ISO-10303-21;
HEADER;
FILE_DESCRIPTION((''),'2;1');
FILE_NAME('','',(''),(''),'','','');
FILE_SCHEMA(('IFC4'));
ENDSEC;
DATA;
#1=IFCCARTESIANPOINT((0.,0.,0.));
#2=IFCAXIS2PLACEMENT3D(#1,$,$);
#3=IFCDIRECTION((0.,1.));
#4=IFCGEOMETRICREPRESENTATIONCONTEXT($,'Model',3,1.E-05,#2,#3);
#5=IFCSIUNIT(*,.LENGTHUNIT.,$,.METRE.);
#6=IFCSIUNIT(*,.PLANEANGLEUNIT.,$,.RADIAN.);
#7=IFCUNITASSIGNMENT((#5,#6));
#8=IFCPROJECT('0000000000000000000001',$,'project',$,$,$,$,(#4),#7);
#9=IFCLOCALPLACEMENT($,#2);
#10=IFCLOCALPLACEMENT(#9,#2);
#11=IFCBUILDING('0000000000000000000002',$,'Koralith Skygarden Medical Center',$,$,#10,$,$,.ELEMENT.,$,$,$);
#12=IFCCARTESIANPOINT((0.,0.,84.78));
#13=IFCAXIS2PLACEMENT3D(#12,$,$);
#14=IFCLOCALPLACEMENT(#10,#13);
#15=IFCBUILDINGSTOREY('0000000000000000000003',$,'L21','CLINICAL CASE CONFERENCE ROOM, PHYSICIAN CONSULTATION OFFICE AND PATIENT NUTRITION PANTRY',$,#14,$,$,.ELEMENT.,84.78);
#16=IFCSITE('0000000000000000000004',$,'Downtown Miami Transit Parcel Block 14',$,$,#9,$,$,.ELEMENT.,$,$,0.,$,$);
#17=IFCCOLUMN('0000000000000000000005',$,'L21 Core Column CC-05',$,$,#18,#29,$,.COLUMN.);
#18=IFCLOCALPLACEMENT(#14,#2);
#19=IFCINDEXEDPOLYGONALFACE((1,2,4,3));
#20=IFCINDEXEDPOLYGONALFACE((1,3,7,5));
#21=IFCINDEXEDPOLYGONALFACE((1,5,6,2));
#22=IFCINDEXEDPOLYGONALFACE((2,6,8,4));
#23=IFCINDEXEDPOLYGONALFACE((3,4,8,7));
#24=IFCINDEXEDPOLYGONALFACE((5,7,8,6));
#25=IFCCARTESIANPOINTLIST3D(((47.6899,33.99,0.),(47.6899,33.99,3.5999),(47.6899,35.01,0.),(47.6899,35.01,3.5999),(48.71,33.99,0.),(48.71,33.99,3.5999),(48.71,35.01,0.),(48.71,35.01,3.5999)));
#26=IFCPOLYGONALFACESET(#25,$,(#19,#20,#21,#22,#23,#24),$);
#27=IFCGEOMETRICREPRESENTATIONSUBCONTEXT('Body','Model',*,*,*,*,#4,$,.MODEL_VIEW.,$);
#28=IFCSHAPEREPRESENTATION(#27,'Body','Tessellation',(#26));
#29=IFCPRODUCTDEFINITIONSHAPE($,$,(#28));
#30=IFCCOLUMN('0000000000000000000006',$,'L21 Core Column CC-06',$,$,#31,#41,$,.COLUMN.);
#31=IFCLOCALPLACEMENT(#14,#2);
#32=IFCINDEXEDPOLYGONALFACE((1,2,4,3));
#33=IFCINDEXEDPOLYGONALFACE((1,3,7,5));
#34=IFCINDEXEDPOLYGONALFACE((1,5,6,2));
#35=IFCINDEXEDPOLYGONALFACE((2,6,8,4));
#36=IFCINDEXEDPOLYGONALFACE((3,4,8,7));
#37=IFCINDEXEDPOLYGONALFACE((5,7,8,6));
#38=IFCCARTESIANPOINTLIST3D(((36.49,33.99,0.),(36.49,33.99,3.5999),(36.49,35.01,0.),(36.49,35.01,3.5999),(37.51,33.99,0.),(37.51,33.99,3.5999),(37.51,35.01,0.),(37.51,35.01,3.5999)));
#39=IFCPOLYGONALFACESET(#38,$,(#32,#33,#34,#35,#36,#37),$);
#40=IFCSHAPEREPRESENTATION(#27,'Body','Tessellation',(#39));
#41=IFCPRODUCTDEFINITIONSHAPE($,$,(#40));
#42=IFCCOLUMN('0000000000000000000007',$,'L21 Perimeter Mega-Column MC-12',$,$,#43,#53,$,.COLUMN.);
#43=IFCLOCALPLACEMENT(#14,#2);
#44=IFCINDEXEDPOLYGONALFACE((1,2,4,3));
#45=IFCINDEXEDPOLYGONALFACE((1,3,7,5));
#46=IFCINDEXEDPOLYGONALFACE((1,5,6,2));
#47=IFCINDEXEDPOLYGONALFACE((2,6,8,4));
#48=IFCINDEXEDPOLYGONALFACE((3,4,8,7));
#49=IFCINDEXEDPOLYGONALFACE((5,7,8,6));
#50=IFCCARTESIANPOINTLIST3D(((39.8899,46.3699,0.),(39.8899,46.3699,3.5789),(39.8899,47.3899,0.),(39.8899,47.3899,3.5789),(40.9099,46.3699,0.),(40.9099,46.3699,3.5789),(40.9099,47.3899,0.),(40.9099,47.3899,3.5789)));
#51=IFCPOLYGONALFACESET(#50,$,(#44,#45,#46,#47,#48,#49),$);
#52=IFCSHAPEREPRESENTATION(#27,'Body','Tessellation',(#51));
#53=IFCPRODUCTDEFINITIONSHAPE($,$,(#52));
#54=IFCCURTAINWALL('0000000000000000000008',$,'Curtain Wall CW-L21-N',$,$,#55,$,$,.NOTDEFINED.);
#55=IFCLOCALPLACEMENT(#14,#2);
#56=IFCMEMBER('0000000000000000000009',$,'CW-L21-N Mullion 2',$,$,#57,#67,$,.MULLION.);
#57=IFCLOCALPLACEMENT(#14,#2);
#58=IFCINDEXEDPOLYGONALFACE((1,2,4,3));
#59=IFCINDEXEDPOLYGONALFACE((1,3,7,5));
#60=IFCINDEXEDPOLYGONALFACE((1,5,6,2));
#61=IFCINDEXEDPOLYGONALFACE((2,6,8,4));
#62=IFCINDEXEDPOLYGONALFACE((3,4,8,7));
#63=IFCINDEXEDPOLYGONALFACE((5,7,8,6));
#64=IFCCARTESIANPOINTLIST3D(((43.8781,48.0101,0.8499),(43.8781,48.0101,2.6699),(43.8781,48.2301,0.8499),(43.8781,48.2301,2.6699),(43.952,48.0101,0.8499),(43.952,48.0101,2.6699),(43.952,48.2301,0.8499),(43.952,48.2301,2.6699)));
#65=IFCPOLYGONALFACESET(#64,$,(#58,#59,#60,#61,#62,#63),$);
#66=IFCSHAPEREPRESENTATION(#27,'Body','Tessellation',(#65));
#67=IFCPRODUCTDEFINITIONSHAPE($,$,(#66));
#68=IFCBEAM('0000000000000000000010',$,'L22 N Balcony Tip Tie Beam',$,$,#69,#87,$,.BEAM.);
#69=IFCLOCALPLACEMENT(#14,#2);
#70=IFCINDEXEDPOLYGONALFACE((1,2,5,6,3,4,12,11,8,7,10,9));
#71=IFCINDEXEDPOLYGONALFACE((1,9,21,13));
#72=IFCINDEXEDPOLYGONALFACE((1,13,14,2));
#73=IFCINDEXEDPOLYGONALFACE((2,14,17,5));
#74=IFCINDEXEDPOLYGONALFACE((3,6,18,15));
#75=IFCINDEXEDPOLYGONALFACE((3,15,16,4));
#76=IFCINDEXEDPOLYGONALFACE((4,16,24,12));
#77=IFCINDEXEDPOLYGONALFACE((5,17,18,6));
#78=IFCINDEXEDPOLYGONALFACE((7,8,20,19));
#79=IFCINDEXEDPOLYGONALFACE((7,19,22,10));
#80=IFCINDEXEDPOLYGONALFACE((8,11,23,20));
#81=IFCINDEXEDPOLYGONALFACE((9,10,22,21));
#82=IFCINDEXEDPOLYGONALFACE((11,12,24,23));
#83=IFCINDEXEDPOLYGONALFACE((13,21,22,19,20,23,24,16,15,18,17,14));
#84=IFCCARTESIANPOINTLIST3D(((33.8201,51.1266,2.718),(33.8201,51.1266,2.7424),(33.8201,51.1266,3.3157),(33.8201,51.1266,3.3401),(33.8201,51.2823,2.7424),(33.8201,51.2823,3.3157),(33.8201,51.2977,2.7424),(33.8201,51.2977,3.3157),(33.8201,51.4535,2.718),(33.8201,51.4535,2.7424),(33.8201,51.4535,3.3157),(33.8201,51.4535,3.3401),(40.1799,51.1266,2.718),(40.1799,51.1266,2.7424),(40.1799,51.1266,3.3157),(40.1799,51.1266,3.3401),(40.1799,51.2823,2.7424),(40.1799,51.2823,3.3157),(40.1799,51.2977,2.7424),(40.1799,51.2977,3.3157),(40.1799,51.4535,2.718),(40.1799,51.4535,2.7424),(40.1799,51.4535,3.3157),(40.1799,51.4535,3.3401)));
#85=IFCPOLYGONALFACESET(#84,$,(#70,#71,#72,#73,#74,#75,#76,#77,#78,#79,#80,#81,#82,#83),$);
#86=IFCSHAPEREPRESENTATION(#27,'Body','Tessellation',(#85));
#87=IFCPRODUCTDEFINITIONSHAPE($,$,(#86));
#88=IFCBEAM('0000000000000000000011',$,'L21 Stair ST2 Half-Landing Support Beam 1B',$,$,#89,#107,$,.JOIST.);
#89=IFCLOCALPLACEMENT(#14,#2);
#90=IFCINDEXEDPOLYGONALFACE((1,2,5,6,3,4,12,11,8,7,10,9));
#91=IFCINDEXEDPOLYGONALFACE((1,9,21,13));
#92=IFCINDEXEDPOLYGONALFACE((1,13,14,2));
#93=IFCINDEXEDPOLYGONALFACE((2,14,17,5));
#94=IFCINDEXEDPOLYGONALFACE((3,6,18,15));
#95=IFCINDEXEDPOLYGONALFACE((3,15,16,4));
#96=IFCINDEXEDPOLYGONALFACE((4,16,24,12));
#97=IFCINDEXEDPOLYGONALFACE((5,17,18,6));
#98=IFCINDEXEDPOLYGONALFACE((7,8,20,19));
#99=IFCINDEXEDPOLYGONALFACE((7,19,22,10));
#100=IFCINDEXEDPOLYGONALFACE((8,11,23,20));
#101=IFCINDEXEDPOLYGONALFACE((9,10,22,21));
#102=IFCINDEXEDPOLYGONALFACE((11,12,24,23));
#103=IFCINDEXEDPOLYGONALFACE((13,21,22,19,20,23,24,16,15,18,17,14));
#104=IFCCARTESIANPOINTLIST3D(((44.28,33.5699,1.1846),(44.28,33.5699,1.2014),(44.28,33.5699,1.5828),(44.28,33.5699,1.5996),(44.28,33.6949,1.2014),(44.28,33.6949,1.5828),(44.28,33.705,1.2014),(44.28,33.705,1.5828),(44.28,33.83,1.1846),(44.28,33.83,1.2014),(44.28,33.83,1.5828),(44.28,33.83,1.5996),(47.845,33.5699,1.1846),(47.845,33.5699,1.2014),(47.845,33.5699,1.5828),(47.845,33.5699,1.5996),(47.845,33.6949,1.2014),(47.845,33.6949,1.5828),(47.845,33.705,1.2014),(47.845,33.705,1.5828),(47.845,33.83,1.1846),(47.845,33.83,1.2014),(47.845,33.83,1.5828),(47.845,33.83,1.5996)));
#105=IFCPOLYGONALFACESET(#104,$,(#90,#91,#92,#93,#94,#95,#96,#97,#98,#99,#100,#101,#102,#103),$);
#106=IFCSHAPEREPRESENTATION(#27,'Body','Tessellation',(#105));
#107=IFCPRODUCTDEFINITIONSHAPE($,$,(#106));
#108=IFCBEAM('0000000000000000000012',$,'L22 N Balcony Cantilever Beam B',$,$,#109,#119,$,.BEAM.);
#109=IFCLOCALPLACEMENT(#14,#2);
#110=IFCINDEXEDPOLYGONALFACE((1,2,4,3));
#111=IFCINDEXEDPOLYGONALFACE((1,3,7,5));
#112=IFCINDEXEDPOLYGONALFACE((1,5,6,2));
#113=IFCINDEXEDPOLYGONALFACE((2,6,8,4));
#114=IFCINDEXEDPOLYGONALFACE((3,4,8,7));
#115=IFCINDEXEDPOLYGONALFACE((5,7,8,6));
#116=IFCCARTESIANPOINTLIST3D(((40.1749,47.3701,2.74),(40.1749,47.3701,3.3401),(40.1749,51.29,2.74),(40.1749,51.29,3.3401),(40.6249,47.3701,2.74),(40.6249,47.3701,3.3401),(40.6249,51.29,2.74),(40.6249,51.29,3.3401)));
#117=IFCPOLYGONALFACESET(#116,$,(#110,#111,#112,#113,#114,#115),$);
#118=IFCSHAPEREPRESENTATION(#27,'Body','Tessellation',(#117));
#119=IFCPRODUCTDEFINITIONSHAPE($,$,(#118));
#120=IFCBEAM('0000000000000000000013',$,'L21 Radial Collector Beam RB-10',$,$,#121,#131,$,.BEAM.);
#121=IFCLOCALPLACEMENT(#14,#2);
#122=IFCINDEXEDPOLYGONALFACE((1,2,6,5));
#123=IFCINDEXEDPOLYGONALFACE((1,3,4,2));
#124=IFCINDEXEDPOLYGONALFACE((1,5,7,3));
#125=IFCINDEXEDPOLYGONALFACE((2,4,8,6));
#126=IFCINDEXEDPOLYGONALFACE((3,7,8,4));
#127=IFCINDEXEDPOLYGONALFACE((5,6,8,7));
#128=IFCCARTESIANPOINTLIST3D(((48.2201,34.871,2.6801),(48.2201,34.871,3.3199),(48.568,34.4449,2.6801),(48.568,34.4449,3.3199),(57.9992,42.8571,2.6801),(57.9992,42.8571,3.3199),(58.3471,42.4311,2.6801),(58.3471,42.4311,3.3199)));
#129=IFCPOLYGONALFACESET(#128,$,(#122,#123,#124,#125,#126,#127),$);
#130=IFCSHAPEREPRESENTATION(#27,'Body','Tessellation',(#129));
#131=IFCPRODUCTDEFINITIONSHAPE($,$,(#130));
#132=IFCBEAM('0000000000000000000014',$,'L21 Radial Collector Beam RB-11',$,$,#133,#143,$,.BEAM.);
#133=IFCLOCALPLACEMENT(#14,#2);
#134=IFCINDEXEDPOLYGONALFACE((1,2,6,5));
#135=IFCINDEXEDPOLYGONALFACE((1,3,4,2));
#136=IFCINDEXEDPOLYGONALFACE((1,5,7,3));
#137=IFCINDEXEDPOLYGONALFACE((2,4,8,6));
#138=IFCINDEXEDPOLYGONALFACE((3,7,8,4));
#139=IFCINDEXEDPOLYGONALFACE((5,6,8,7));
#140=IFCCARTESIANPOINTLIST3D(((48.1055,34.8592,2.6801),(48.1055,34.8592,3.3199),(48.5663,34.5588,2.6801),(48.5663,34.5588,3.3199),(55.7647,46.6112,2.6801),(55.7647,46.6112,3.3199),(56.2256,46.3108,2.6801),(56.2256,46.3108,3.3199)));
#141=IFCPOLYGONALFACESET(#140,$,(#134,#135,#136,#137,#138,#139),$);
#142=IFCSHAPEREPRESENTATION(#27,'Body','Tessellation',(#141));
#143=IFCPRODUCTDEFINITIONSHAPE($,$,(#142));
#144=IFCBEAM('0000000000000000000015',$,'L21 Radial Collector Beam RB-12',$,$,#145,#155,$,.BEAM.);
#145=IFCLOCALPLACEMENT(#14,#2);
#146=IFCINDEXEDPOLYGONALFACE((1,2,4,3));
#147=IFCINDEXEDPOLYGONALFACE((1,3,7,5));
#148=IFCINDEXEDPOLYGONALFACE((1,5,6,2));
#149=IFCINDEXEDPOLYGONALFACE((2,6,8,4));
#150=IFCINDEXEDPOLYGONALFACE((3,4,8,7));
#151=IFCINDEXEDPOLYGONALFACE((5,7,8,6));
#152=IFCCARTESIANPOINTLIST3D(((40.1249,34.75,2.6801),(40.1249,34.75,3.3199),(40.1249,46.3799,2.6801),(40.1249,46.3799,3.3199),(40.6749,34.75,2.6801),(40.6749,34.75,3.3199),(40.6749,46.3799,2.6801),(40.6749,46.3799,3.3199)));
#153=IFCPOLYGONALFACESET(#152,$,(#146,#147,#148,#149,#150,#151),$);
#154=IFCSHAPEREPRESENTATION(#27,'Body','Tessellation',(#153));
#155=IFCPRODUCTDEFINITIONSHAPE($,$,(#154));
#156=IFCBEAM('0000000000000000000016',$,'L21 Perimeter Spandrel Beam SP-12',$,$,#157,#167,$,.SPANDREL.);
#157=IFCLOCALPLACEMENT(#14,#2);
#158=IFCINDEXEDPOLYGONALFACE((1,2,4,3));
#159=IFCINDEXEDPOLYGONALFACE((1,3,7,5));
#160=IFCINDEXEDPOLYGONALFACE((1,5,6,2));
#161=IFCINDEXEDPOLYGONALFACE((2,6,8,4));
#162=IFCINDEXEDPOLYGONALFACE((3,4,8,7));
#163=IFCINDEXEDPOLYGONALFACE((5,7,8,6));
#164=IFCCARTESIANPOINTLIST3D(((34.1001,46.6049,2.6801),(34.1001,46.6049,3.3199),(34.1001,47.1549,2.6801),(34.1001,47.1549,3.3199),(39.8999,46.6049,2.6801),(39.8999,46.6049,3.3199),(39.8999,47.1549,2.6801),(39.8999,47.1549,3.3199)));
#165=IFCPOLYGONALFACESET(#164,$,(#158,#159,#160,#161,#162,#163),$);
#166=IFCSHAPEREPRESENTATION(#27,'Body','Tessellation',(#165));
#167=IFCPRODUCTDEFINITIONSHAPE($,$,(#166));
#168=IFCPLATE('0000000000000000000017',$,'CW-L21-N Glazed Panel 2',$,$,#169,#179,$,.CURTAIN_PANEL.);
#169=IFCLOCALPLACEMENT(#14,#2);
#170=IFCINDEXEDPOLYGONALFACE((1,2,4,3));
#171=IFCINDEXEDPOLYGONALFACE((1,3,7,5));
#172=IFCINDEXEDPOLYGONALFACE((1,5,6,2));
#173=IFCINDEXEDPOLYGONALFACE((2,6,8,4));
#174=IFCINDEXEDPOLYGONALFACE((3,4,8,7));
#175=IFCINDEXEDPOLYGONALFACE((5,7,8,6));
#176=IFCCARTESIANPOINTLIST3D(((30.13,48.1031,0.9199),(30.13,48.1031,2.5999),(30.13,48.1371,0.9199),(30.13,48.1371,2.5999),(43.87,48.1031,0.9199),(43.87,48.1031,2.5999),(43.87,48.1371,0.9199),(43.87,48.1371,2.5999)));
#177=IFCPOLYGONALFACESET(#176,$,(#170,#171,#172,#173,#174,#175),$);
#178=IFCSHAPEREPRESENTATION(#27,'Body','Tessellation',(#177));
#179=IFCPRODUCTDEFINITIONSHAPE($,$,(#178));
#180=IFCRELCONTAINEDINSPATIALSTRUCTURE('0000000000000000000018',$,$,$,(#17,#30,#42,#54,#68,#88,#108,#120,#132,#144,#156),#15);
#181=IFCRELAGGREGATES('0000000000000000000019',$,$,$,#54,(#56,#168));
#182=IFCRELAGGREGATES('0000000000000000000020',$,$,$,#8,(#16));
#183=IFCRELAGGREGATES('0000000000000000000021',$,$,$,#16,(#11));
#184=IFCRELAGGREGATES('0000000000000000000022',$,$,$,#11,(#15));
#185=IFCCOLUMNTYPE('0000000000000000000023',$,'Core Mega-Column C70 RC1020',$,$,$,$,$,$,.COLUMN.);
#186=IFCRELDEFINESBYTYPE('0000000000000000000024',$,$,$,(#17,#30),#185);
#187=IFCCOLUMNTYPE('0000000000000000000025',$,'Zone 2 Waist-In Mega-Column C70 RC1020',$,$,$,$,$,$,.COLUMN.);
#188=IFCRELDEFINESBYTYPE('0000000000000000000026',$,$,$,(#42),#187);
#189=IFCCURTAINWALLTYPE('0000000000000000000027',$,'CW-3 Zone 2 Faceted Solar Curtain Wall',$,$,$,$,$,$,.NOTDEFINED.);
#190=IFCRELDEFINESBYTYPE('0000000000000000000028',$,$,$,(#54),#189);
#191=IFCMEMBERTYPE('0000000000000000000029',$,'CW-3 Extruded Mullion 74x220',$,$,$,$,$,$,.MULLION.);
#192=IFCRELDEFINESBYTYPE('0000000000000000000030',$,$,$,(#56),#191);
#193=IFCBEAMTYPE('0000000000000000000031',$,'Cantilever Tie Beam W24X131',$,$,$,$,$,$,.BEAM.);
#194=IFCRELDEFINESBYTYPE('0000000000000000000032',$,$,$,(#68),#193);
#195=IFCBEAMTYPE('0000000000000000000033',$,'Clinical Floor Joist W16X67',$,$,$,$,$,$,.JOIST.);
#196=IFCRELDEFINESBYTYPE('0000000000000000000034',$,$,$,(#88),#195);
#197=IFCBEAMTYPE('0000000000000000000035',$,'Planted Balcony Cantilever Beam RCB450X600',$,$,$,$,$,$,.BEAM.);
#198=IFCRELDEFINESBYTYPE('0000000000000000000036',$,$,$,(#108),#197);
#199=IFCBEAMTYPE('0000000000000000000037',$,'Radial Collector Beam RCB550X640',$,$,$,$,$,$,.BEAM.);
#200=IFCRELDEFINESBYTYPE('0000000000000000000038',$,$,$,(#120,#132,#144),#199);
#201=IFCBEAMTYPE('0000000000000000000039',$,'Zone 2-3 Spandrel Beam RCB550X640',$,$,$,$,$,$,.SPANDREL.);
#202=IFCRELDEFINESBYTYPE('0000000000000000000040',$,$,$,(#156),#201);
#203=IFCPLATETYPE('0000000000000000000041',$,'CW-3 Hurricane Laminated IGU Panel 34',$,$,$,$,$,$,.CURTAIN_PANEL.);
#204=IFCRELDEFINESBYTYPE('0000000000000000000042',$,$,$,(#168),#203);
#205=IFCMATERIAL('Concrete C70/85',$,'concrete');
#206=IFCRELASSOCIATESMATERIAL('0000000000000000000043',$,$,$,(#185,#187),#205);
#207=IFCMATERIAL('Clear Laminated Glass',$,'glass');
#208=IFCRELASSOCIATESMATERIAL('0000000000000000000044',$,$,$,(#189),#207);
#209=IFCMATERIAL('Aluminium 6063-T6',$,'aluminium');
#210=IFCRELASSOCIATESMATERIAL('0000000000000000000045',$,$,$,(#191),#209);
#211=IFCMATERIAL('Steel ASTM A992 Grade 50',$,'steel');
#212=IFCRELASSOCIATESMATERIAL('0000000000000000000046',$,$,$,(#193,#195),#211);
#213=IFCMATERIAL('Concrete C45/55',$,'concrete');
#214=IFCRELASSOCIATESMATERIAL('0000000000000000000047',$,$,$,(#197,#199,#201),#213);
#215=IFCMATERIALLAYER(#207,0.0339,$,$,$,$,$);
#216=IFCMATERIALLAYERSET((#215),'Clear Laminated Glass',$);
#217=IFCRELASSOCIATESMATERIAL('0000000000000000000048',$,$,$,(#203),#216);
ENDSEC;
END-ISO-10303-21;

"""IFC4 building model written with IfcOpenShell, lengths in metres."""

from ifc_helpers import new_model, si_unit, direction, frame, origin, origin_2d, place, context, subcontext, project, spatial, rectangle, i_section, extrude, material, layer, layer_set, material_profile, profile_set, type_object, element, aggregate, save


model = new_model("IFC4")

# Units and contexts
model_context = context("Model", 3, precision=1e-05, world=origin(), true_north=direction((0.0, 1.0)))
body_context = subcontext(model_context, "Body", "Model", "MODEL_VIEW")
ifc_project = project(units=[si_unit("LENGTHUNIT", "METRE"), si_unit("PLANEANGLEUNIT", "RADIAN")], contexts=[model_context])

# Site, building, storey
site_placement = place(None, origin())
site = spatial("IfcSite", under=ifc_project, at=site_placement, Name="Downtown Miami Transit Parcel Block 14", CompositionType="ELEMENT", RefElevation=0.0)
building_placement = place(site_placement, origin())
building = spatial("IfcBuilding", under=site, at=building_placement, Name="Koralith Skygarden Medical Center", CompositionType="ELEMENT")
storey_placement = place(building_placement, frame((0.0, 0.0, 84.78)))
storey = spatial("IfcBuildingStorey", under=building, at=storey_placement, Name="L21", Description="CLINICAL CASE CONFERENCE ROOM, PHYSICIAN CONSULTATION OFFICE AND PATIENT NUTRITION PANTRY", CompositionType="ELEMENT", Elevation=84.78)

# Columns
ifc_material_1 = material(Name="Concrete C70/85", Category="concrete")
ifc_material_profile_1 = material_profile(ifc_material_1, rectangle(XDim=1.02, YDim=1.02, at=origin_2d()), Name="RC1020X1020")
ifc_profile_set_1 = profile_set([ifc_material_profile_1], Name="Concrete C70/85")
column_type_1 = type_object("IfcColumnType", Name="Core Mega-Column C70 RC1020", PredefinedType="COLUMN", material=ifc_profile_set_1)
for number, where, z_axis, x_axis, name in (
    (1, (48.2, 34.5, 0.0), (0.0, 0.0, 1.0), (1.0, 0.0, 0.0), "L21 Core Column CC-05"),
    (2, (37.0, 34.5, 0.0), (0.0, 0.0, 1.0), (1.0, 0.0, 0.0), "L21 Core Column CC-06"),
):
    element("IfcColumn", number, at=place(storey_placement, frame(where, z_axis=z_axis, x_axis=x_axis)), inside=storey, type_object=column_type_1, Name=name, PredefinedType="COLUMN", context=body_context, shape_type="SweptSolid", body=[
        extrude(rectangle(XDim=1.02, YDim=1.02, at=origin_2d()), origin(), (0.0, 0.0, 1.0), 3.5999),
    ])
ifc_material_profile_2 = material_profile(ifc_material_1, rectangle(XDim=1.02, YDim=1.02, at=origin_2d()), Name="RC1020X1020")
ifc_profile_set_2 = profile_set([ifc_material_profile_2], Name="Concrete C70/85")
column_type_2 = type_object("IfcColumnType", Name="Zone 2 Waist-In Mega-Column C70 RC1020", PredefinedType="COLUMN", material=ifc_profile_set_2)
column_placement = place(storey_placement, frame((40.3999, 46.8799, 0.0), z_axis=(0.0, 0.0, 1.0), x_axis=(1.0, 0.0, 0.0)))
element("IfcColumn", 3, at=column_placement, inside=storey, type_object=column_type_2, Name="L21 Perimeter Mega-Column MC-12", PredefinedType="COLUMN", context=body_context, shape_type="SweptSolid", body=[
    extrude(rectangle(XDim=1.02, YDim=1.02, at=origin_2d()), origin(), (0.0, 0.0, 1.0), 3.5789),
])

# Curtain wall, member
ifc_material_2 = material(Name="Clear Laminated Glass", Category="glass")
curtain_wall_type = type_object("IfcCurtainWallType", Name="CW-3 Zone 2 Faceted Solar Curtain Wall", PredefinedType="NOTDEFINED", material=ifc_material_2)
curtain_wall_placement = place(storey_placement, origin())
curtain_wall = element("IfcCurtainWall", 4, at=curtain_wall_placement, inside=storey, type_object=curtain_wall_type, Name="Curtain Wall CW-L21-N", PredefinedType="NOTDEFINED")
ifc_material_3 = material(Name="Aluminium 6063-T6", Category="aluminium")
ifc_material_profile_3 = material_profile(ifc_material_3, rectangle(XDim=0.074, YDim=0.22, at=origin_2d()), Name="MUL74X220")
ifc_profile_set_3 = profile_set([ifc_material_profile_3], Name="Aluminium 6063-T6")
member_type = type_object("IfcMemberType", Name="CW-3 Extruded Mullion 74x220", PredefinedType="MULLION", material=ifc_profile_set_3)
member_placement = place(storey_placement, frame((43.915, 48.1201, 0.8499), z_axis=(0.0, 0.0, 1.0), x_axis=(1.0, 0.0, 0.0)))
member = element("IfcMember", 5, at=member_placement, type_object=member_type, Name="CW-L21-N Mullion 2", PredefinedType="MULLION", context=body_context, shape_type="SweptSolid", body=[
    extrude(rectangle(XDim=0.074, YDim=0.22, at=origin_2d()), origin(), (0.0, 0.0, 1.0), 1.8201),
])

# Beams
ifc_material_4 = material(Name="Steel ASTM A992 Grade 50", Category="steel")
ifc_material_profile_4 = material_profile(ifc_material_4, i_section(OverallWidth=0.3269, OverallDepth=0.6221, WebThickness=0.0154, FlangeThickness=0.0244, at=origin_2d()), Name="W24X131")
ifc_profile_set_4 = profile_set([ifc_material_profile_4], Name="Steel ASTM A992 Grade 50")
beam_type_1 = type_object("IfcBeamType", Name="Cantilever Tie Beam W24X131", PredefinedType="BEAM", material=ifc_profile_set_4)
beam_1_placement = place(storey_placement, frame((33.8201, 51.29, 3.0291), z_axis=(1.0, 0.0, 0.0), x_axis=(0.0, 1.0, 0.0)))
element("IfcBeam", 6, at=beam_1_placement, inside=storey, type_object=beam_type_1, Name="L22 N Balcony Tip Tie Beam", PredefinedType="BEAM", context=body_context, shape_type="SweptSolid", body=[
    extrude(i_section(OverallWidth=0.3269, OverallDepth=0.6221, WebThickness=0.0154, FlangeThickness=0.0244, at=origin_2d()), origin(), (0.0, 0.0, 1.0), 6.3599),
])
ifc_material_profile_5 = material_profile(ifc_material_4, i_section(OverallWidth=0.26, OverallDepth=0.415, WebThickness=0.01, FlangeThickness=0.0168, at=origin_2d()), Name="W16X67")
ifc_profile_set_5 = profile_set([ifc_material_profile_5], Name="Steel ASTM A992 Grade 50")
beam_type_2 = type_object("IfcBeamType", Name="Clinical Floor Joist W16X67", PredefinedType="JOIST", material=ifc_profile_set_5)
beam_2_placement = place(storey_placement, frame((44.28, 33.7, 1.3921), z_axis=(1.0, 0.0, 0.0), x_axis=(0.0, 1.0, 0.0)))
element("IfcBeam", 7, at=beam_2_placement, inside=storey, type_object=beam_type_2, Name="L21 Stair ST2 Half-Landing Support Beam 1B", PredefinedType="JOIST", context=body_context, shape_type="SweptSolid", body=[
    extrude(i_section(OverallWidth=0.26, OverallDepth=0.415, WebThickness=0.01, FlangeThickness=0.0168, at=origin_2d()), origin(), (0.0, 0.0, 1.0), 3.5649),
])
ifc_material_5 = material(Name="Concrete C45/55", Category="concrete")
ifc_material_profile_6 = material_profile(ifc_material_5, rectangle(XDim=0.45, YDim=0.6001, at=origin_2d()), Name="RCB450X600")
ifc_profile_set_6 = profile_set([ifc_material_profile_6], Name="Concrete C45/55")
beam_type_3 = type_object("IfcBeamType", Name="Planted Balcony Cantilever Beam RCB450X600", PredefinedType="BEAM", material=ifc_profile_set_6)
beam_3_placement = place(storey_placement, frame((40.3999, 47.3701, 3.04), z_axis=(0.0, 1.0, 0.0), x_axis=(-1.0, 0.0, 0.0)))
element("IfcBeam", 8, at=beam_3_placement, inside=storey, type_object=beam_type_3, Name="L22 N Balcony Cantilever Beam B", PredefinedType="BEAM", context=body_context, shape_type="SweptSolid", body=[
    extrude(rectangle(XDim=0.45, YDim=0.6001, at=origin_2d()), origin(), (0.0, 0.0, 1.0), 3.9199),
])
ifc_material_profile_7 = material_profile(ifc_material_5, rectangle(XDim=0.55, YDim=0.6399, at=origin_2d()), Name="RCB550X640")
ifc_profile_set_7 = profile_set([ifc_material_profile_7], Name="Concrete C45/55")
beam_type_4 = type_object("IfcBeamType", Name="Radial Collector Beam RCB550X640", PredefinedType="BEAM", material=ifc_profile_set_7)
beam_4_placement = place(storey_placement, frame((48.394, 34.658, 3.0), z_axis=(0.774538, 0.632528, 0.0), x_axis=(-0.632528, 0.774538, 0.0)))
element("IfcBeam", 9, at=beam_4_placement, inside=storey, type_object=beam_type_4, Name="L21 Radial Collector Beam RB-10", PredefinedType="BEAM", context=body_context, shape_type="SweptSolid", body=[
    extrude(rectangle(XDim=0.55, YDim=0.6399, at=origin_2d()), origin(), (0.0, 0.0, 1.0), 12.6257),
])
beam_5_placement = place(storey_placement, frame((48.3359, 34.709, 3.0), z_axis=(0.546011, 0.837778, 0.0), x_axis=(-0.837778, 0.546011, 0.0)))
element("IfcBeam", 10, at=beam_5_placement, inside=storey, type_object=beam_type_4, Name="L21 Radial Collector Beam RB-11", PredefinedType="BEAM", context=body_context, shape_type="SweptSolid", body=[
    extrude(rectangle(XDim=0.55, YDim=0.6399, at=origin_2d()), origin(), (0.0, 0.0, 1.0), 14.0276),
])
beam_6_placement = place(storey_placement, frame((40.3999, 34.75, 3.0), z_axis=(0.0, 1.0, 0.0), x_axis=(-1.0, 0.0, 0.0)))
element("IfcBeam", 11, at=beam_6_placement, inside=storey, type_object=beam_type_4, Name="L21 Radial Collector Beam RB-12", PredefinedType="BEAM", context=body_context, shape_type="SweptSolid", body=[
    extrude(rectangle(XDim=0.55, YDim=0.6399, at=origin_2d()), origin(), (0.0, 0.0, 1.0), 11.6299),
])
ifc_material_profile_8 = material_profile(ifc_material_5, rectangle(XDim=0.55, YDim=0.6399, at=origin_2d()), Name="RCB550X640")
ifc_profile_set_8 = profile_set([ifc_material_profile_8], Name="Concrete C45/55")
beam_type_5 = type_object("IfcBeamType", Name="Zone 2-3 Spandrel Beam RCB550X640", PredefinedType="SPANDREL", material=ifc_profile_set_8)
beam_7_placement = place(storey_placement, frame((39.8999, 46.8799, 3.0), z_axis=(-1.0, 0.0, 0.0), x_axis=(0.0, -1.0, 0.0)))
element("IfcBeam", 12, at=beam_7_placement, inside=storey, type_object=beam_type_5, Name="L21 Perimeter Spandrel Beam SP-12", PredefinedType="SPANDREL", context=body_context, shape_type="SweptSolid", body=[
    extrude(rectangle(XDim=0.55, YDim=0.6399, at=origin_2d()), origin(), (0.0, 0.0, 1.0), 5.7998),
])

# Plate
ifc_layer_1 = layer(ifc_material_2, 0.0339)
ifc_layer_set_1 = layer_set([ifc_layer_1], Name="Clear Laminated Glass")
plate_type = type_object("IfcPlateType", Name="CW-3 Hurricane Laminated IGU Panel 34", PredefinedType="CURTAIN_PANEL", material=ifc_layer_set_1)
plate_placement = place(storey_placement, frame((37.0, 48.1201, 0.9199), z_axis=(0.0, 0.0, 1.0), x_axis=(-1.0, 0.0, 0.0)))
plate = element("IfcPlate", 13, at=plate_placement, type_object=plate_type, Name="CW-L21-N Glazed Panel 2", PredefinedType="CURTAIN_PANEL", context=body_context, shape_type="SweptSolid", body=[
    extrude(rectangle(XDim=13.74, YDim=0.0339, at=origin_2d()), origin(), (0.0, 0.0, 1.0), 1.6799),
])
aggregate(curtain_wall, [member, plate])

save(model, "model.ifc")
